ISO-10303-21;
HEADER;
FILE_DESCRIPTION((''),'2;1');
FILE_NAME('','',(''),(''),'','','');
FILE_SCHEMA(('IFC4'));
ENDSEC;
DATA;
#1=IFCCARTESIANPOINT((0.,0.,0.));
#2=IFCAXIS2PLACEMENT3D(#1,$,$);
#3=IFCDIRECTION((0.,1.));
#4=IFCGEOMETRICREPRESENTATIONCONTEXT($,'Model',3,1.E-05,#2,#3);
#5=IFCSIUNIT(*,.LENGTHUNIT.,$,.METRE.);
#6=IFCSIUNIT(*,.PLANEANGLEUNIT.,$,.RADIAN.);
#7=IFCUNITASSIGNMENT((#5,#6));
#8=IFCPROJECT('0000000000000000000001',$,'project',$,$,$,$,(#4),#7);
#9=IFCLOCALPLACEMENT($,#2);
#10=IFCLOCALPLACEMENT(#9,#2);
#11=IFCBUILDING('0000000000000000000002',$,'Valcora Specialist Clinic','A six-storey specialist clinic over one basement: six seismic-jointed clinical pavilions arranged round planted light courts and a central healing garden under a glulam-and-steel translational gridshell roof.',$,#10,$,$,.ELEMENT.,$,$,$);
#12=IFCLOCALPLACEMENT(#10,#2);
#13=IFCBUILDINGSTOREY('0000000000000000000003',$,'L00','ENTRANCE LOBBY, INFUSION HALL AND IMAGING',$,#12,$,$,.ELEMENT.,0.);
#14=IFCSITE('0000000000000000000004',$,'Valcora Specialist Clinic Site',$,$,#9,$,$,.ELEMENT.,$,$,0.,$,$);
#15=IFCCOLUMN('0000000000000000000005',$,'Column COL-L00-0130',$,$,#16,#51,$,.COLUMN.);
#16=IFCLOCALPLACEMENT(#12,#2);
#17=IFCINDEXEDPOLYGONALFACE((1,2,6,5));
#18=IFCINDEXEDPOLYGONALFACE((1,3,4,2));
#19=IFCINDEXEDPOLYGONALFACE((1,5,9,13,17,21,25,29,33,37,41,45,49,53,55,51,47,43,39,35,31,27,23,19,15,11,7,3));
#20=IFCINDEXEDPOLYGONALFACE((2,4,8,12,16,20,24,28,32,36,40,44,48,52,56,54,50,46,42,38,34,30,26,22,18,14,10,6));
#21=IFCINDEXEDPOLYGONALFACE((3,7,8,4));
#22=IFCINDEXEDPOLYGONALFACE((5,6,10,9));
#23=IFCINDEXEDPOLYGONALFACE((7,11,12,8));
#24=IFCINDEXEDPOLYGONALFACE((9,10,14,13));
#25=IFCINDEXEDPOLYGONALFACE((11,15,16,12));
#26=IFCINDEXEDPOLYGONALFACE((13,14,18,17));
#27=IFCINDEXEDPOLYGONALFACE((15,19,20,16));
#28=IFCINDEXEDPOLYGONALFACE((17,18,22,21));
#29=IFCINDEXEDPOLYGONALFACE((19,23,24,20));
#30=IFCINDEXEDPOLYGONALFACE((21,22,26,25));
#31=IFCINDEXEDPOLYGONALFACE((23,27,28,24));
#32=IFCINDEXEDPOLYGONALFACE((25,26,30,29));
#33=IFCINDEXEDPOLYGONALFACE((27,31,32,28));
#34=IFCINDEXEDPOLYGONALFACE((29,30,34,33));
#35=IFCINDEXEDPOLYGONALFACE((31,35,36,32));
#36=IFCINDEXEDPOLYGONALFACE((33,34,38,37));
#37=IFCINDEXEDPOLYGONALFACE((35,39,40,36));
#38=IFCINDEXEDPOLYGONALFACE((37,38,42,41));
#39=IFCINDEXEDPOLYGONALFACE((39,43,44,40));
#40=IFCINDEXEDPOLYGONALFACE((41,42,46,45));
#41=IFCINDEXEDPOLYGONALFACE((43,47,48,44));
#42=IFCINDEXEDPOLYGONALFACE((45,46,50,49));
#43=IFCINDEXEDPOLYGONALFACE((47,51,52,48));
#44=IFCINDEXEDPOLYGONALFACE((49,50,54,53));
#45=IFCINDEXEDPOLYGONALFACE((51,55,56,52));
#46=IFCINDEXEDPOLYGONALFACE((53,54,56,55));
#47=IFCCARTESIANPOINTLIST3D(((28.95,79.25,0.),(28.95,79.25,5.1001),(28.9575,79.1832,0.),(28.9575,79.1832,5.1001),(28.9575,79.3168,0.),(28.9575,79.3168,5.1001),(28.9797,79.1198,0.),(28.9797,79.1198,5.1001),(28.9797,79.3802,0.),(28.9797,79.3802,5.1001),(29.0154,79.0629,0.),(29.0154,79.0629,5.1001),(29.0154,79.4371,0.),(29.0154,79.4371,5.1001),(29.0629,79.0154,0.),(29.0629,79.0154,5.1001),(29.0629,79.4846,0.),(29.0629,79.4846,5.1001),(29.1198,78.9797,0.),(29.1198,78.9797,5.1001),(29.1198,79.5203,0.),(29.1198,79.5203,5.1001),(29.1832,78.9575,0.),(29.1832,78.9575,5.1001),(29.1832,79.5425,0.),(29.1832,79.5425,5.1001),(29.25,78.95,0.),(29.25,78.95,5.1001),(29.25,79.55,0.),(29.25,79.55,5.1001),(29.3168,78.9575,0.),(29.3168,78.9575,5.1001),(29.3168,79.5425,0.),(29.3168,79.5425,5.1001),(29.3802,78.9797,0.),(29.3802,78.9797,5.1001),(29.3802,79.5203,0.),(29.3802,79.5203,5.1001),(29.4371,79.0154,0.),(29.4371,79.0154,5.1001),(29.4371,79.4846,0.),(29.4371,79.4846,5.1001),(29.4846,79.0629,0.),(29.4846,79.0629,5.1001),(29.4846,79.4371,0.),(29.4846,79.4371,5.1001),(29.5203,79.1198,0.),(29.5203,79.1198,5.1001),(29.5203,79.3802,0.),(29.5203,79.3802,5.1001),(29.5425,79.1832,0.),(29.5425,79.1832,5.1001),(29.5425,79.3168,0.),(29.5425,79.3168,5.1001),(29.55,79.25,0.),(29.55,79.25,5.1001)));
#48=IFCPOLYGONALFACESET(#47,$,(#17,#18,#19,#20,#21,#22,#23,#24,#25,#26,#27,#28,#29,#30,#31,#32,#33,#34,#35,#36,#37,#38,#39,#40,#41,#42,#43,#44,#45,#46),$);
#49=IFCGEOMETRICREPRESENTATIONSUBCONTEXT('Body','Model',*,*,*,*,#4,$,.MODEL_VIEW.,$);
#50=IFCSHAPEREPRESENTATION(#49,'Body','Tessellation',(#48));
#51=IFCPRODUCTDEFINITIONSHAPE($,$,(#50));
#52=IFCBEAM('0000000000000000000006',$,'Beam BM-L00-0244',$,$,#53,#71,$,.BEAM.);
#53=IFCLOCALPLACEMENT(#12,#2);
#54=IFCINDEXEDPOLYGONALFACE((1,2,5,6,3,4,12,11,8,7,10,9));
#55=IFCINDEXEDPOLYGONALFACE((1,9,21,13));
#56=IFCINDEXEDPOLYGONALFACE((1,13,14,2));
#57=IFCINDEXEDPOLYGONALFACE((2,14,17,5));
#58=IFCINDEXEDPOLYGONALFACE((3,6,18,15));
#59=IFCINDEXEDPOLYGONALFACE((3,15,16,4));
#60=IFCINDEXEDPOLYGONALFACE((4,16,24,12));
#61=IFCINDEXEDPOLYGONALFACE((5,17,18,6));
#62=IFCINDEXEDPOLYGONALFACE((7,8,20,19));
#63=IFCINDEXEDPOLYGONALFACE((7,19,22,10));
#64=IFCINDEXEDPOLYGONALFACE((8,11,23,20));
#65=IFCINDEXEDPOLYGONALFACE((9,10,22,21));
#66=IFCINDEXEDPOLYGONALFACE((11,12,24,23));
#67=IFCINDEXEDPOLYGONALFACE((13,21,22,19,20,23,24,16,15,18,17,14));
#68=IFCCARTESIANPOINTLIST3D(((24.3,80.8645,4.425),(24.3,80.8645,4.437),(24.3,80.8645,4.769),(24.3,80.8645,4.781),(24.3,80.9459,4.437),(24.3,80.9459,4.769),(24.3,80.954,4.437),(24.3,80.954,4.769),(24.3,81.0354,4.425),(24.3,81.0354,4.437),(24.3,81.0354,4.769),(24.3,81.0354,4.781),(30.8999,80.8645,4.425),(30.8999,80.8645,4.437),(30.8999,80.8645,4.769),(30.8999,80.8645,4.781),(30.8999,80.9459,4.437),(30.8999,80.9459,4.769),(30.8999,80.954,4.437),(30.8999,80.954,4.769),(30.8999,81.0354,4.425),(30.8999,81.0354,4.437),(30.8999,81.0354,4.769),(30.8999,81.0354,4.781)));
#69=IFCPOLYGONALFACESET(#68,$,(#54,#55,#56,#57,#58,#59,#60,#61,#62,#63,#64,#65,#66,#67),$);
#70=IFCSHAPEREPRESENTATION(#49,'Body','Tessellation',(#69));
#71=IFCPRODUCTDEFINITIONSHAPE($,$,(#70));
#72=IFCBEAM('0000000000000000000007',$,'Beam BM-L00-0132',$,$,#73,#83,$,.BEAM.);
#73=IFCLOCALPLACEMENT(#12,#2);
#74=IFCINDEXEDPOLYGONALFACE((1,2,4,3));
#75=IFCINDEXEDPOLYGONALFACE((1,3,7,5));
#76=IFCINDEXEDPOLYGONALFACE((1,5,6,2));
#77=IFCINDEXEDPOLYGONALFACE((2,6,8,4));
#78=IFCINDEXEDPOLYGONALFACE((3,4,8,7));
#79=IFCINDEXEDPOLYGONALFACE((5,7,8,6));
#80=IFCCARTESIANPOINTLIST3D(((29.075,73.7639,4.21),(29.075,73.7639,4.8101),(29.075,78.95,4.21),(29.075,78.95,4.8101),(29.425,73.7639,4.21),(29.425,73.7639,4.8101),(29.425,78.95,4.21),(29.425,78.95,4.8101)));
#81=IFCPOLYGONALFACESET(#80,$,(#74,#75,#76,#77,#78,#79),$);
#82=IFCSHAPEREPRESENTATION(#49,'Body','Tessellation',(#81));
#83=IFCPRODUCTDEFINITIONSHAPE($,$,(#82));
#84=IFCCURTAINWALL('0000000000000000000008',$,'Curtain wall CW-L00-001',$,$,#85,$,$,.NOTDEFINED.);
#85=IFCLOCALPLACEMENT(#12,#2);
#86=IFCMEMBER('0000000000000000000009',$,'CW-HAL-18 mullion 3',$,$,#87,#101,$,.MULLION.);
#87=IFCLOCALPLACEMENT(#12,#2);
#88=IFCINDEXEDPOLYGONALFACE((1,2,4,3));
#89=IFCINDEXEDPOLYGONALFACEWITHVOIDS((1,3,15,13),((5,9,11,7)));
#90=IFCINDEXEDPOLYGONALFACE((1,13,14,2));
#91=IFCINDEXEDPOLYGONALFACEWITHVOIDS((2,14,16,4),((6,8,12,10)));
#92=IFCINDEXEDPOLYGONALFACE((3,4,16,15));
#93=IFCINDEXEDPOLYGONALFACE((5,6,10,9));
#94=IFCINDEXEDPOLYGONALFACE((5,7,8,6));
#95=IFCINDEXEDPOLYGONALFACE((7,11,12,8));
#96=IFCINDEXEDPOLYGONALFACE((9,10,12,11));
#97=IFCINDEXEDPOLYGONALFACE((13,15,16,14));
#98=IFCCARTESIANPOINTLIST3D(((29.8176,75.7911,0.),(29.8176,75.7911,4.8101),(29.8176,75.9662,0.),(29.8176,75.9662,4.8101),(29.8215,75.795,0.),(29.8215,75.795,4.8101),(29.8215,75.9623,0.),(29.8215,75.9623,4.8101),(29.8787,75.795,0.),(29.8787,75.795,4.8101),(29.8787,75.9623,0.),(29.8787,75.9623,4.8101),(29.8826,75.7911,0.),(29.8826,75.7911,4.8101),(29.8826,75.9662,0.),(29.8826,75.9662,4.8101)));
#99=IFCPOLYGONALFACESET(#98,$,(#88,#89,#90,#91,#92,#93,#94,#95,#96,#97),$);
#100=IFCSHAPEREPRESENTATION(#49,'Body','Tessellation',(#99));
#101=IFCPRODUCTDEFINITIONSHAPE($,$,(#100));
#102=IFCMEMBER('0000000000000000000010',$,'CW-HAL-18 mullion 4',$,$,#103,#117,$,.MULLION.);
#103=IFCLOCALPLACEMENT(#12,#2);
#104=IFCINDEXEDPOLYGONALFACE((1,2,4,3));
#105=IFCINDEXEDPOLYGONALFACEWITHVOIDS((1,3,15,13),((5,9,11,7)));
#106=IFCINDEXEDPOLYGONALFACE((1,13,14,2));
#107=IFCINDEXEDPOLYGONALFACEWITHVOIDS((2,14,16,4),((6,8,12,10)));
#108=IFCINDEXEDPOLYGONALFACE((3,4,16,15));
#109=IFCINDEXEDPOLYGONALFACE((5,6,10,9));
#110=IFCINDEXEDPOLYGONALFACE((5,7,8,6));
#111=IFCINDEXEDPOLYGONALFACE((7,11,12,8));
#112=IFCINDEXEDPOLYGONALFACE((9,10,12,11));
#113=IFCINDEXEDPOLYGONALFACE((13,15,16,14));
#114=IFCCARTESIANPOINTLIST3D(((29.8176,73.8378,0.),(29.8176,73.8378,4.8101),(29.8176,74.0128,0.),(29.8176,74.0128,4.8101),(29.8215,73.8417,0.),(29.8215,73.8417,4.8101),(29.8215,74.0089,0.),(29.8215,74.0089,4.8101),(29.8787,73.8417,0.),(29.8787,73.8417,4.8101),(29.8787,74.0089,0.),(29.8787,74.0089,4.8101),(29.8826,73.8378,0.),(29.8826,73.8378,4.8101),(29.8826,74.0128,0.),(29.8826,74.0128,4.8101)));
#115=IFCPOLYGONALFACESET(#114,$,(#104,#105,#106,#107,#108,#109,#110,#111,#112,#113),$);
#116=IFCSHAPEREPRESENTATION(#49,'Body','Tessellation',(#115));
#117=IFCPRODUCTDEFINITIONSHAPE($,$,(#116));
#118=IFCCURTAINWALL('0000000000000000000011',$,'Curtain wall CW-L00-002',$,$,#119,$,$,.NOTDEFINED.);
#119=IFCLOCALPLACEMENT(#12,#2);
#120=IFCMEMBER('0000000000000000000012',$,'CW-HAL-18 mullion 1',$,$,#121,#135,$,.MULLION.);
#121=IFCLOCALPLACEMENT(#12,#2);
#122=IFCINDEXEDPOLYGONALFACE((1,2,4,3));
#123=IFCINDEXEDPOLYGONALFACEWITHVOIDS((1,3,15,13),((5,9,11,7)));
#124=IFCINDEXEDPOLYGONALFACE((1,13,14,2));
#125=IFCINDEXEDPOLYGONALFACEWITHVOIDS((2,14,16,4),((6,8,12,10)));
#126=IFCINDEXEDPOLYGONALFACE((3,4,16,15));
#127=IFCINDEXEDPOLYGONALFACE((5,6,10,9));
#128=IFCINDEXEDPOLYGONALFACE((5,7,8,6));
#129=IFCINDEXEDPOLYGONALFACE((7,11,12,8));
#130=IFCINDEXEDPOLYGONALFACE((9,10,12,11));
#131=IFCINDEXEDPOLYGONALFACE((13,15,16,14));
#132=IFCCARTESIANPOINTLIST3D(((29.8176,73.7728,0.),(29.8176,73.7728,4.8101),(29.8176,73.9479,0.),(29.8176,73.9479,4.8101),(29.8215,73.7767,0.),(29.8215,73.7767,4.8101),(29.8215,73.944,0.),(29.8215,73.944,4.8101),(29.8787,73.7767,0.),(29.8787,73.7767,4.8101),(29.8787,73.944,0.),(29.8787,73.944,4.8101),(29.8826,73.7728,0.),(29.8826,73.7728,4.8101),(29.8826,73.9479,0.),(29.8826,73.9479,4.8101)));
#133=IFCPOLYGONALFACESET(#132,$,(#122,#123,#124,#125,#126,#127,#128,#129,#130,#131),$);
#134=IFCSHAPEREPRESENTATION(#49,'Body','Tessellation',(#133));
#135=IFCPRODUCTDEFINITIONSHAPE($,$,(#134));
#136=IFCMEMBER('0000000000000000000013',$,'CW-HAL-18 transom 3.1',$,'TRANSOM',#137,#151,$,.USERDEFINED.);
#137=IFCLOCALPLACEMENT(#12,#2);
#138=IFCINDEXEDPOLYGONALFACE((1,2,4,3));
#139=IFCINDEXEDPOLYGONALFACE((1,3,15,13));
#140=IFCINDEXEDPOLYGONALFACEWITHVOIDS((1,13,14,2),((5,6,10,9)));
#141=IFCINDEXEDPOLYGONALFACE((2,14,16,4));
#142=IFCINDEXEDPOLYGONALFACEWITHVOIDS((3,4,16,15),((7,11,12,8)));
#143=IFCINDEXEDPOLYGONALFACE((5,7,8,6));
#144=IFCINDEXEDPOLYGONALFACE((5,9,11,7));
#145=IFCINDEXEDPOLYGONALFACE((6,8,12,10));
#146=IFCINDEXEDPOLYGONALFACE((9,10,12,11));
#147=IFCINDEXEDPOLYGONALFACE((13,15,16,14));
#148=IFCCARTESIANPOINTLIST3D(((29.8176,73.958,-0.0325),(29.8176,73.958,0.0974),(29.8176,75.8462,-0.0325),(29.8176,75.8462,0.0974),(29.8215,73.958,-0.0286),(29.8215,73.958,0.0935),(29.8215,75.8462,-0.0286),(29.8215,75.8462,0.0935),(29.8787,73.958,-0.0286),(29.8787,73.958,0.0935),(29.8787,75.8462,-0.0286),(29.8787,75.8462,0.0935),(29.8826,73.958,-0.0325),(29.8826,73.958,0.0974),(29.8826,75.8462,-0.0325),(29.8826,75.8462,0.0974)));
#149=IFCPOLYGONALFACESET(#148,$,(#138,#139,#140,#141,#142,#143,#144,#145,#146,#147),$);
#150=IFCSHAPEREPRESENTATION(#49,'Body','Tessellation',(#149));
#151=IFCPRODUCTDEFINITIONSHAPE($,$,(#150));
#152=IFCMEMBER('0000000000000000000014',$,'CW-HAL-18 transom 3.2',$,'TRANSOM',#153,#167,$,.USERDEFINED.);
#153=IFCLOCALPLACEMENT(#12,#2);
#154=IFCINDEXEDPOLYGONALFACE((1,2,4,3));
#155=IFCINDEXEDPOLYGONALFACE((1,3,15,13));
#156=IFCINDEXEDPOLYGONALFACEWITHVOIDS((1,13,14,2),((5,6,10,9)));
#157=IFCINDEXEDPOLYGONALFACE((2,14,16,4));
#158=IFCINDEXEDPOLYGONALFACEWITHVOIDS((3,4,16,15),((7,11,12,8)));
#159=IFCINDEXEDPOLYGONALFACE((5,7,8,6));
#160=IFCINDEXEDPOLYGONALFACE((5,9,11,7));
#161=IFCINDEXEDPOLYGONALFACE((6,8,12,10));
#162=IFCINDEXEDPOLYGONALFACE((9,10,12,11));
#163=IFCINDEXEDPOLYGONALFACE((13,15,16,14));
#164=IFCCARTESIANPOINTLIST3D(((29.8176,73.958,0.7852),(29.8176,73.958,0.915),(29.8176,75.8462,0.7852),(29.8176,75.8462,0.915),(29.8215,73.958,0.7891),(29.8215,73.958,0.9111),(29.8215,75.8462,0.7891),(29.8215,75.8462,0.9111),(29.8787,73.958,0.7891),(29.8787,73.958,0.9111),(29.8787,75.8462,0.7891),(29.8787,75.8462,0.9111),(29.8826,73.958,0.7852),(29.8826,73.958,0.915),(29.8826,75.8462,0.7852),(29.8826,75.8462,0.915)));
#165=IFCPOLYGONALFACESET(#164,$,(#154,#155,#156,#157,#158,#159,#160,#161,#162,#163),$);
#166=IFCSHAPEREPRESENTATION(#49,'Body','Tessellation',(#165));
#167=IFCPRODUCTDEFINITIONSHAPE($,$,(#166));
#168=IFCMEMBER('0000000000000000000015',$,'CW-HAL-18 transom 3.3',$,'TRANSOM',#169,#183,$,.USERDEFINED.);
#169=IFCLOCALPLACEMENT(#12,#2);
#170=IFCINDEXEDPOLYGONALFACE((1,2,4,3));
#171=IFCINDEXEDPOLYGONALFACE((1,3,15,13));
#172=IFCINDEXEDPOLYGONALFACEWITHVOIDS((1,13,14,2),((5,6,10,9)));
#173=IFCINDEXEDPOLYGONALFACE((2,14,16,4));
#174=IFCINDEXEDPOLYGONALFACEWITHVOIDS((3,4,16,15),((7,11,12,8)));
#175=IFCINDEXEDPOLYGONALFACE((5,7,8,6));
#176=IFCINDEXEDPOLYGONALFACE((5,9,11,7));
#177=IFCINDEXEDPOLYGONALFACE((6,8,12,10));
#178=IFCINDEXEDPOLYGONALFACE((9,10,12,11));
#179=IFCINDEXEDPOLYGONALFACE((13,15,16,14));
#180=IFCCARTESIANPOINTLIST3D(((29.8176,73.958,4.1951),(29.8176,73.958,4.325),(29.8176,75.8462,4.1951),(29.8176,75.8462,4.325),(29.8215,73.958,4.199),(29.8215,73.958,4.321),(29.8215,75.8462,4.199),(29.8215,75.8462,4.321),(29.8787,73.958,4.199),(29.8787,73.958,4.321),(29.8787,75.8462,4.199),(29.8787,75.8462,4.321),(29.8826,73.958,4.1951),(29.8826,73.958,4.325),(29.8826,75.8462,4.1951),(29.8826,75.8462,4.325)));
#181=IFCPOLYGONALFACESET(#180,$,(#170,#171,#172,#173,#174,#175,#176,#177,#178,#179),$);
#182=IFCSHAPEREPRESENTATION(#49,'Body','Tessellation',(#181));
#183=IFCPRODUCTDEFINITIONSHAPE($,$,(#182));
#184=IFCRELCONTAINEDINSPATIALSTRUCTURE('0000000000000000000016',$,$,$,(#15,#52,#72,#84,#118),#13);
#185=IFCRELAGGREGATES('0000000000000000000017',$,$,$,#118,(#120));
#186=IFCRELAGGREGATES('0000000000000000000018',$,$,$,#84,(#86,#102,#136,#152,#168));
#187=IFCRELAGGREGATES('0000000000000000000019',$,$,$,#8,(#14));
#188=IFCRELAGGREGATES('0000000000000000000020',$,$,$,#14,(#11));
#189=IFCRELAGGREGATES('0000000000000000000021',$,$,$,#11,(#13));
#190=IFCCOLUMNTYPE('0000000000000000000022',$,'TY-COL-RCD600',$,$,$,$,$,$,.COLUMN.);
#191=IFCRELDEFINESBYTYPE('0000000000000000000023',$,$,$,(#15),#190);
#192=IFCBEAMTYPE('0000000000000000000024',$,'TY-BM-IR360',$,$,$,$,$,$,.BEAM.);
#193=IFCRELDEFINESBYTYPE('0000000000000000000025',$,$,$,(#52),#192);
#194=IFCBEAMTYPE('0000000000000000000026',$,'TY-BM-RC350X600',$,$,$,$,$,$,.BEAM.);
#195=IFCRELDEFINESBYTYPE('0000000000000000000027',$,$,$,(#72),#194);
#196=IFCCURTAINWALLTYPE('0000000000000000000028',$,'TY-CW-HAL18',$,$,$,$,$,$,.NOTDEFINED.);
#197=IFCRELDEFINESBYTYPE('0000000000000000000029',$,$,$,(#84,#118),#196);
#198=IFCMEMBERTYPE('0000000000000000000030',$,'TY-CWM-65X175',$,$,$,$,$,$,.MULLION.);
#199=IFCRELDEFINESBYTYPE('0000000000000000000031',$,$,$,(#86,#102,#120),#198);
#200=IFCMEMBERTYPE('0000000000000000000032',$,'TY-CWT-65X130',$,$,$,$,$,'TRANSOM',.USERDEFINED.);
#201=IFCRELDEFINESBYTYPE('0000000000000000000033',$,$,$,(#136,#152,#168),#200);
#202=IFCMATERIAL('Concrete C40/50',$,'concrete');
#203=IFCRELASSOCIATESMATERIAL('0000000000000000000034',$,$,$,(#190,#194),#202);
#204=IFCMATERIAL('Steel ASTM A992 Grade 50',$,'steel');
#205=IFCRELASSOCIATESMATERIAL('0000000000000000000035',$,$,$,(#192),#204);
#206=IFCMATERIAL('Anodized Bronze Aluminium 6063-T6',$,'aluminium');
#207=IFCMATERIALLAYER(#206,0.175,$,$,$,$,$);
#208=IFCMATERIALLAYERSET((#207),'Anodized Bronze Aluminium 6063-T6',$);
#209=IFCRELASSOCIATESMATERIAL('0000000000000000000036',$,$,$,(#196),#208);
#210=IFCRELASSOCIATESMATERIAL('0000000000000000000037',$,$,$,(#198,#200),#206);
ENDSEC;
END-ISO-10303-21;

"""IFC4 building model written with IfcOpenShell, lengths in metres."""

from ifc_helpers import new_model, si_unit, direction, frame, origin, origin_2d, place, context, subcontext, project, spatial, rectangle, hollow_rectangle, circle, i_section, extrude, material, layer, layer_set, material_profile, profile_set, type_object, element, aggregate, save


model = new_model("IFC4")

# Units and contexts
model_context = context("Model", 3, precision=1e-05, world=origin(), true_north=direction((0.0, 1.0)))
body_context = subcontext(model_context, "Body", "Model", "MODEL_VIEW")
ifc_project = project(units=[si_unit("LENGTHUNIT", "METRE"), si_unit("PLANEANGLEUNIT", "RADIAN")], contexts=[model_context])

# Site, building, storey
site_placement = place(None, origin())
site = spatial("IfcSite", under=ifc_project, at=site_placement, Name="Valcora Specialist Clinic Site", CompositionType="ELEMENT", RefElevation=0.0)
building_placement = place(site_placement, origin())
building = spatial("IfcBuilding", under=site, at=building_placement, Name="Valcora Specialist Clinic", Description="A six-storey specialist clinic over one basement: six seismic-jointed clinical pavilions arranged round planted light courts and a central healing garden under a glulam-and-steel translational gridshell roof.", CompositionType="ELEMENT")
storey_placement = place(building_placement, origin())
storey = spatial("IfcBuildingStorey", under=building, at=storey_placement, Name="L00", Description="ENTRANCE LOBBY, INFUSION HALL AND IMAGING", CompositionType="ELEMENT", Elevation=0.0)

# Column
ifc_material_1 = material(Name="Concrete C40/50", Category="concrete")
ifc_material_profile_1 = material_profile(ifc_material_1, circle(Radius=0.3, at=origin_2d()), Name="RC-COL-D600")
ifc_profile_set_1 = profile_set([ifc_material_profile_1], Name="Concrete C40/50")
column_type = type_object("IfcColumnType", Name="TY-COL-RCD600", PredefinedType="COLUMN", material=ifc_profile_set_1)
column_placement = place(storey_placement, frame((29.25, 79.25, 0.0), z_axis=(0.0, 0.0, 1.0), x_axis=(1.0, 0.0, 0.0)))
element("IfcColumn", 1, at=column_placement, inside=storey, type_object=column_type, Name="Column COL-L00-0130", PredefinedType="COLUMN", context=body_context, shape_type="SweptSolid", body=[
    extrude(circle(Radius=0.3, at=origin_2d()), origin(), (0.0, 0.0, 1.0), 5.1001),
])

# Beams
ifc_material_2 = material(Name="Steel ASTM A992 Grade 50", Category="steel")
ifc_material_profile_2 = material_profile(ifc_material_2, i_section(OverallWidth=0.1709, OverallDepth=0.356, WebThickness=0.0081, FlangeThickness=0.012, at=origin_2d()), Name="ST-IR-360X170")
ifc_profile_set_2 = profile_set([ifc_material_profile_2], Name="Steel ASTM A992 Grade 50")
beam_type_1 = type_object("IfcBeamType", Name="TY-BM-IR360", PredefinedType="BEAM", material=ifc_profile_set_2)
beam_1_placement = place(storey_placement, frame((24.3, 80.95, 4.603), z_axis=(1.0, 0.0, 0.0), x_axis=(0.0, 1.0, 0.0)))
element("IfcBeam", 2, at=beam_1_placement, inside=storey, type_object=beam_type_1, Name="Beam BM-L00-0244", PredefinedType="BEAM", context=body_context, shape_type="SweptSolid", body=[
    extrude(i_section(OverallWidth=0.1709, OverallDepth=0.356, WebThickness=0.0081, FlangeThickness=0.012, at=origin_2d()), origin(), (0.0, 0.0, 1.0), 6.5999),
])
ifc_material_profile_3 = material_profile(ifc_material_1, rectangle(XDim=0.3501, YDim=0.6001, at=origin_2d()), Name="RC-BM-350X600")
ifc_profile_set_3 = profile_set([ifc_material_profile_3], Name="Concrete C40/50")
beam_type_2 = type_object("IfcBeamType", Name="TY-BM-RC350X600", PredefinedType="BEAM", material=ifc_profile_set_3)
beam_2_placement = place(storey_placement, frame((29.25, 73.7639, 4.51), z_axis=(0.0, 1.0, 0.0), x_axis=(-1.0, 0.0, 0.0)))
element("IfcBeam", 3, at=beam_2_placement, inside=storey, type_object=beam_type_2, Name="Beam BM-L00-0132", PredefinedType="BEAM", context=body_context, shape_type="SweptSolid", body=[
    extrude(rectangle(XDim=0.3501, YDim=0.6001, at=origin_2d()), origin(), (0.0, 0.0, 1.0), 5.186),
])

# Curtain wall, members
ifc_material_3 = material(Name="Anodized Bronze Aluminium 6063-T6", Category="aluminium")
ifc_layer_1 = layer(ifc_material_3, 0.175)
ifc_layer_set_1 = layer_set([ifc_layer_1], Name="Anodized Bronze Aluminium 6063-T6")
curtain_wall_type = type_object("IfcCurtainWallType", Name="TY-CW-HAL18", PredefinedType="NOTDEFINED", material=ifc_layer_set_1)
curtain_wall_1_placement = place(storey_placement, origin())
curtain_wall_1 = element("IfcCurtainWall", 4, at=curtain_wall_1_placement, inside=storey, type_object=curtain_wall_type, Name="Curtain wall CW-L00-001", PredefinedType="NOTDEFINED")
ifc_material_profile_4 = material_profile(ifc_material_3, hollow_rectangle(XDim=0.0649, YDim=0.175, WallThickness=0.0039, at=origin_2d()), Name="AL-MUL-65X175")
ifc_profile_set_4 = profile_set([ifc_material_profile_4], Name="Anodized Bronze Aluminium 6063-T6")
member_type_1 = type_object("IfcMemberType", Name="TY-CWM-65X175", PredefinedType="MULLION", material=ifc_profile_set_4)
member_1_placement = place(storey_placement, frame((29.8501, 75.8787, 0.0), z_axis=(0.0, 0.0, 1.0), x_axis=(1.0, 0.0, 0.0)))
member_1 = element("IfcMember", 5, at=member_1_placement, type_object=member_type_1, Name="CW-HAL-18 mullion 3", PredefinedType="MULLION", context=body_context, shape_type="SweptSolid", body=[
    extrude(hollow_rectangle(XDim=0.0649, YDim=0.175, WallThickness=0.0039, at=origin_2d()), origin(), (0.0, 0.0, 1.0), 4.8101),
])
member_2_placement = place(storey_placement, frame((29.8501, 73.9253, 0.0), z_axis=(0.0, 0.0, 1.0), x_axis=(1.0, 0.0, 0.0)))
member_2 = element("IfcMember", 6, at=member_2_placement, type_object=member_type_1, Name="CW-HAL-18 mullion 4", PredefinedType="MULLION", context=body_context, shape_type="SweptSolid", body=[
    extrude(hollow_rectangle(XDim=0.0649, YDim=0.175, WallThickness=0.0039, at=origin_2d()), origin(), (0.0, 0.0, 1.0), 4.8101),
])

# Curtain wall, member
curtain_wall_2_placement = place(storey_placement, origin())
curtain_wall_2 = element("IfcCurtainWall", 7, at=curtain_wall_2_placement, inside=storey, type_object=curtain_wall_type, Name="Curtain wall CW-L00-002", PredefinedType="NOTDEFINED")
member_3_placement = place(storey_placement, frame((29.8501, 73.8604, 0.0), z_axis=(0.0, 0.0, 1.0), x_axis=(1.0, 0.0, 0.0)))
member_3 = element("IfcMember", 8, at=member_3_placement, type_object=member_type_1, Name="CW-HAL-18 mullion 1", PredefinedType="MULLION", context=body_context, shape_type="SweptSolid", body=[
    extrude(hollow_rectangle(XDim=0.0649, YDim=0.175, WallThickness=0.0039, at=origin_2d()), origin(), (0.0, 0.0, 1.0), 4.8101),
])

# Members
ifc_material_profile_5 = material_profile(ifc_material_3, hollow_rectangle(XDim=0.0649, YDim=0.1299, WallThickness=0.0039, at=origin_2d()), Name="AL-TRN-65X130")
ifc_profile_set_5 = profile_set([ifc_material_profile_5], Name="Anodized Bronze Aluminium 6063-T6")
member_type_2 = type_object("IfcMemberType", Name="TY-CWT-65X130", ElementType="TRANSOM", PredefinedType="USERDEFINED", material=ifc_profile_set_5)
member_4_placement = place(storey_placement, frame((29.8501, 75.8462, 0.0325), z_axis=(0.0, -1.0, 0.0), x_axis=(1.0, 0.0, 0.0)))
member_4 = element("IfcMember", 9, at=member_4_placement, type_object=member_type_2, Name="CW-HAL-18 transom 3.1", ObjectType="TRANSOM", PredefinedType="USERDEFINED", context=body_context, shape_type="SweptSolid", body=[
    extrude(hollow_rectangle(XDim=0.0649, YDim=0.1299, WallThickness=0.0039, at=origin_2d()), origin(), (0.0, 0.0, 1.0), 1.8882),
])
member_5_placement = place(storey_placement, frame((29.8501, 75.8462, 0.8501), z_axis=(0.0, -1.0, 0.0), x_axis=(1.0, 0.0, 0.0)))
member_5 = element("IfcMember", 10, at=member_5_placement, type_object=member_type_2, Name="CW-HAL-18 transom 3.2", ObjectType="TRANSOM", PredefinedType="USERDEFINED", context=body_context, shape_type="SweptSolid", body=[
    extrude(hollow_rectangle(XDim=0.0649, YDim=0.1299, WallThickness=0.0039, at=origin_2d()), origin(), (0.0, 0.0, 1.0), 1.8882),
])
member_6_placement = place(storey_placement, frame((29.8501, 75.8462, 4.26), z_axis=(0.0, -1.0, 0.0), x_axis=(1.0, 0.0, 0.0)))
member_6 = element("IfcMember", 11, at=member_6_placement, type_object=member_type_2, Name="CW-HAL-18 transom 3.3", ObjectType="TRANSOM", PredefinedType="USERDEFINED", context=body_context, shape_type="SweptSolid", body=[
    extrude(hollow_rectangle(XDim=0.0649, YDim=0.1299, WallThickness=0.0039, at=origin_2d()), origin(), (0.0, 0.0, 1.0), 1.8882),
])
aggregate(curtain_wall_2, [member_3])

aggregate(curtain_wall_1, [member_1, member_2, member_4, member_5, member_6])

save(model, "model.ifc")
